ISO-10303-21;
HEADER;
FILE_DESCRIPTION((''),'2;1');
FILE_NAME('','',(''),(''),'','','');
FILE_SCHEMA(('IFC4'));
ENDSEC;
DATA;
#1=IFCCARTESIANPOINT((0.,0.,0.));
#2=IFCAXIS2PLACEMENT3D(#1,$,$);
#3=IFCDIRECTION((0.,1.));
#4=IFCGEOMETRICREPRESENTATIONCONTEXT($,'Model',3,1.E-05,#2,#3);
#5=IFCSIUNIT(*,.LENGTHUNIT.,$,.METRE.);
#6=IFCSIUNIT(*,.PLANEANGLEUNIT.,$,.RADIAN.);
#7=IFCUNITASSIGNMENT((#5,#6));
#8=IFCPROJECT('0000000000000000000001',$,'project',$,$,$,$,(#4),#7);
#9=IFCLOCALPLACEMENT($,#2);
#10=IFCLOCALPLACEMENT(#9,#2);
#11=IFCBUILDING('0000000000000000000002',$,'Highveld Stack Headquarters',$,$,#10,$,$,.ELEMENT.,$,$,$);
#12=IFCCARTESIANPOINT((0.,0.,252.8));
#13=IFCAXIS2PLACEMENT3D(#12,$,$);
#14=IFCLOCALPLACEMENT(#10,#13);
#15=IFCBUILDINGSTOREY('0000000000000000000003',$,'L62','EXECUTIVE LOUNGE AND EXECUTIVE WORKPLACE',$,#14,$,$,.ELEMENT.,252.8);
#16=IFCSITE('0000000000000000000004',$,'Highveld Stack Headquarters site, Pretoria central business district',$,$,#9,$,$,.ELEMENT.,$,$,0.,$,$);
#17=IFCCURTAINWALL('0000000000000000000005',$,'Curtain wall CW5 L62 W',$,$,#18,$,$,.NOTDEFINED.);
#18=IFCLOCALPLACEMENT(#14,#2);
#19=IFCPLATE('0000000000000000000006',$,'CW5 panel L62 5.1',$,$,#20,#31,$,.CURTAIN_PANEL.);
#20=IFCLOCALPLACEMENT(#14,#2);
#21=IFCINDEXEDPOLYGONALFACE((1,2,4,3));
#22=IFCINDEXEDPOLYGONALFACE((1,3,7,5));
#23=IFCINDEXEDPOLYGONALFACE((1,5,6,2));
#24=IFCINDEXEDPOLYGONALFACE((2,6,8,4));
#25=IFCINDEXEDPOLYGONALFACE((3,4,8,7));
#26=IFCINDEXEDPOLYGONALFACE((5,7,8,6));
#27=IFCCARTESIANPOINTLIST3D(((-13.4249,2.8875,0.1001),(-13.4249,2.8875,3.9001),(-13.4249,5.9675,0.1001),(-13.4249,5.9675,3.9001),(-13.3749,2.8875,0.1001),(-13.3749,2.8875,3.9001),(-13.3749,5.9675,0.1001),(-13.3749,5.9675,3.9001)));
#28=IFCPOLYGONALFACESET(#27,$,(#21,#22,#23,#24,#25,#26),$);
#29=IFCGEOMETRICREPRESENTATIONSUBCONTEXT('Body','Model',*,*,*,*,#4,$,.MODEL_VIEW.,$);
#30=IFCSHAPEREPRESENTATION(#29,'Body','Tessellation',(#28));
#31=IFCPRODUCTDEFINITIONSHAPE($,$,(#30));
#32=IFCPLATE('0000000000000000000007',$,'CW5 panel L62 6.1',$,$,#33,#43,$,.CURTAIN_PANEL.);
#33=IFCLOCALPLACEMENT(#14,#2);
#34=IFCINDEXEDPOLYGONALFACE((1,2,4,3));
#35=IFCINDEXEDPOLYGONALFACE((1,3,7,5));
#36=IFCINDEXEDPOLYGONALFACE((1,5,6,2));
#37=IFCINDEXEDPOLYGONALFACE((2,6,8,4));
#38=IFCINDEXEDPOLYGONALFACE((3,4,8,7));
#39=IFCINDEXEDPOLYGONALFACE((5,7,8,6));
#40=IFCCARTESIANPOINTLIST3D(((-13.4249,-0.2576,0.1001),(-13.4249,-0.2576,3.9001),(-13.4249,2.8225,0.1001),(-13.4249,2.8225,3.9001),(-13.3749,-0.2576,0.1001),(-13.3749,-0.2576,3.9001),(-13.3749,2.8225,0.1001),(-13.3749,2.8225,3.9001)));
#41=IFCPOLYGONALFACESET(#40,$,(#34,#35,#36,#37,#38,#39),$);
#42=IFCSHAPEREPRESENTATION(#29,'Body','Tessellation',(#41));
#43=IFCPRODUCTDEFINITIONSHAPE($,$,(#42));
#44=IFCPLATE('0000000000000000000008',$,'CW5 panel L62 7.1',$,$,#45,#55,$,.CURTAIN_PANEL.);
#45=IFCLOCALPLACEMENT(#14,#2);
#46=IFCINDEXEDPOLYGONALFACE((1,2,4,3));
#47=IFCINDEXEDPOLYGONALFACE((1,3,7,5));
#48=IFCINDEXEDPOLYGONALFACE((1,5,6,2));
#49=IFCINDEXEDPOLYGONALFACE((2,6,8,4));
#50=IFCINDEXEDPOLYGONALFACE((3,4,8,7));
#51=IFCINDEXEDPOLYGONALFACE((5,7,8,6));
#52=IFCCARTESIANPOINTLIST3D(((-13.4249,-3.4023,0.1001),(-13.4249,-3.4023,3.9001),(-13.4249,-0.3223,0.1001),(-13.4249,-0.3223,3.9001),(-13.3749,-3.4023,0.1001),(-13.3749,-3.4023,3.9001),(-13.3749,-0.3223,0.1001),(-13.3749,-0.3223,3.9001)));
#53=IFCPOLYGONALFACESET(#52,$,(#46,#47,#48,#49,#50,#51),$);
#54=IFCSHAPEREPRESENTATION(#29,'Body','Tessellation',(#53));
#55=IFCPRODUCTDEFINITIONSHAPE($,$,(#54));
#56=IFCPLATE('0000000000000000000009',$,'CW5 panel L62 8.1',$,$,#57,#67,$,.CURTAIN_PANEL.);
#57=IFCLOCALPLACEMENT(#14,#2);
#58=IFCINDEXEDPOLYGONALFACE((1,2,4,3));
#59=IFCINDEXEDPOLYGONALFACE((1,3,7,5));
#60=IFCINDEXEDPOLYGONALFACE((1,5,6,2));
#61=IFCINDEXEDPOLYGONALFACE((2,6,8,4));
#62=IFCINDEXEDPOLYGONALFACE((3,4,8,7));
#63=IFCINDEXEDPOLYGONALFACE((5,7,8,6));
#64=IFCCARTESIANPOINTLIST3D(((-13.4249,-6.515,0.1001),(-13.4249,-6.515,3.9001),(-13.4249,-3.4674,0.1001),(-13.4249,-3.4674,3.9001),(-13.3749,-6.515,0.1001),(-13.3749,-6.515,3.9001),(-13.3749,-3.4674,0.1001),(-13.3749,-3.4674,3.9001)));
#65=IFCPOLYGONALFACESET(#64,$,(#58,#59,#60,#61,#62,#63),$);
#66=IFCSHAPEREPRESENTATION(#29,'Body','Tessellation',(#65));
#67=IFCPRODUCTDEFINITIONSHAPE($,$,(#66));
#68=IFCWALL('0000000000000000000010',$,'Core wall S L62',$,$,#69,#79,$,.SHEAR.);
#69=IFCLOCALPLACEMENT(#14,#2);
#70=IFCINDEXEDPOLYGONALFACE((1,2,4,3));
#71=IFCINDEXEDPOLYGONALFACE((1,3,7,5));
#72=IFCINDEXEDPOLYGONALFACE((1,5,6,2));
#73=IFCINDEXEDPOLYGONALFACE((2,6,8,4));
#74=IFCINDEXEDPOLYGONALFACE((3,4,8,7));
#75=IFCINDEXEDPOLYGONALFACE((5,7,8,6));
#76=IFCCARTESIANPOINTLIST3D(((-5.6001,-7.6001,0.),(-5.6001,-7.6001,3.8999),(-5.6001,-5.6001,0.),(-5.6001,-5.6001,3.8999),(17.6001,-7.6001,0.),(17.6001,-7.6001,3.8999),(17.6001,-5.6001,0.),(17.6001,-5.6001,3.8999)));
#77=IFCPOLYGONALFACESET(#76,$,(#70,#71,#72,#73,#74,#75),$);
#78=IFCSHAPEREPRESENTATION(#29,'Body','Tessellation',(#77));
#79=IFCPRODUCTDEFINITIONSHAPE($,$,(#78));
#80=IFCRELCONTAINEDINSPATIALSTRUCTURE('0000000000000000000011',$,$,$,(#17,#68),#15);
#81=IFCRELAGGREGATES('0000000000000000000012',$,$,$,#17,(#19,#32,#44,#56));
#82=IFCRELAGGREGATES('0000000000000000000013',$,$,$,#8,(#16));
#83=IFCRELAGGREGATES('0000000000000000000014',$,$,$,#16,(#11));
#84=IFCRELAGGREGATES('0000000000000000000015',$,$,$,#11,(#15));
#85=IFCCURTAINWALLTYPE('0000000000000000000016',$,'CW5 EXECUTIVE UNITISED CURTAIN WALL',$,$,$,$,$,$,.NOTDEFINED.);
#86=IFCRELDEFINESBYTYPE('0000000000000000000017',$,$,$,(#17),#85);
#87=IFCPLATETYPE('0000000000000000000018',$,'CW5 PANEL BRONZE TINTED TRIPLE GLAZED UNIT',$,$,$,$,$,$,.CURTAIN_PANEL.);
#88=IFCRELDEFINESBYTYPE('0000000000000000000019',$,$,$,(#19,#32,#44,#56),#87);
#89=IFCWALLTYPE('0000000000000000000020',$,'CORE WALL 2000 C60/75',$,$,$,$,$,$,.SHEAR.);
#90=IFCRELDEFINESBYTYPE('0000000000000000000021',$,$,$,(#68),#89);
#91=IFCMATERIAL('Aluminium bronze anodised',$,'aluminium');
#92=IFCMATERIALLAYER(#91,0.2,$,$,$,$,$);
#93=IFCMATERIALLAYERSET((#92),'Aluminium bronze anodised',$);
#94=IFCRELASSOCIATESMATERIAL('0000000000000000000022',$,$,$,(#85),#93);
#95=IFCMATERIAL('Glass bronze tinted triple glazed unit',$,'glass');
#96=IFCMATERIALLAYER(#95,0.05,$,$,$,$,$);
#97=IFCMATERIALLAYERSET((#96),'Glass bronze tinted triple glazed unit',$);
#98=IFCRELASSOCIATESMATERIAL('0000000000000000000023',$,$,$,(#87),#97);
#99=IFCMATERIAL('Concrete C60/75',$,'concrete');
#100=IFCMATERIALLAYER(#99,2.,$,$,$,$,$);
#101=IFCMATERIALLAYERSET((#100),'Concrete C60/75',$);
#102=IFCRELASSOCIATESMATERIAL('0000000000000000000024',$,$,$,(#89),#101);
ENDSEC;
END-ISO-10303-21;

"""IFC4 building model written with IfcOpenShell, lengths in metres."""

from ifc_helpers import new_model, si_unit, direction, frame, frame_2d, origin, origin_2d, place, context, subcontext, project, spatial, rectangle, extrude, material, layer, layer_set, type_object, element, aggregate, save


model = new_model("IFC4")

# Units and contexts
model_context = context("Model", 3, precision=1e-05, world=origin(), true_north=direction((0.0, 1.0)))
body_context = subcontext(model_context, "Body", "Model", "MODEL_VIEW")
ifc_project = project(units=[si_unit("LENGTHUNIT", "METRE"), si_unit("PLANEANGLEUNIT", "RADIAN")], contexts=[model_context])

# Site, building, storey
site_placement = place(None, origin())
site = spatial("IfcSite", under=ifc_project, at=site_placement, Name="Highveld Stack Headquarters site, Pretoria central business district", CompositionType="ELEMENT", RefElevation=0.0)
building_placement = place(site_placement, origin())
building = spatial("IfcBuilding", under=site, at=building_placement, Name="Highveld Stack Headquarters", CompositionType="ELEMENT")
storey_placement = place(building_placement, frame((0.0, 0.0, 252.8)))
storey = spatial("IfcBuildingStorey", under=building, at=storey_placement, Name="L62", Description="EXECUTIVE LOUNGE AND EXECUTIVE WORKPLACE", CompositionType="ELEMENT", Elevation=252.8)

# Curtain wall, plates
ifc_material_1 = material(Name="Aluminium bronze anodised", Category="aluminium")
ifc_layer_1 = layer(ifc_material_1, 0.2)
ifc_layer_set_1 = layer_set([ifc_layer_1], Name="Aluminium bronze anodised")
curtain_wall_type = type_object("IfcCurtainWallType", Name="CW5 EXECUTIVE UNITISED CURTAIN WALL", PredefinedType="NOTDEFINED", material=ifc_layer_set_1)
curtain_wall_placement = place(storey_placement, origin())
curtain_wall = element("IfcCurtainWall", 1, at=curtain_wall_placement, inside=storey, type_object=curtain_wall_type, Name="Curtain wall CW5 L62 W", PredefinedType="NOTDEFINED")
ifc_material_2 = material(Name="Glass bronze tinted triple glazed unit", Category="glass")
ifc_layer_2 = layer(ifc_material_2, 0.05)
ifc_layer_set_2 = layer_set([ifc_layer_2], Name="Glass bronze tinted triple glazed unit")
plate_type = type_object("IfcPlateType", Name="CW5 PANEL BRONZE TINTED TRIPLE GLAZED UNIT", PredefinedType="CURTAIN_PANEL", material=ifc_layer_set_2)
plate_1_placement = place(storey_placement, frame((-13.3999, 4.4275, 0.1001), z_axis=(0.0, 0.0, 1.0), x_axis=(0.0, -1.0, 0.0)))
plate_1 = element("IfcPlate", 2, at=plate_1_placement, type_object=plate_type, Name="CW5 panel L62 5.1", PredefinedType="CURTAIN_PANEL", context=body_context, shape_type="SweptSolid", body=[
    extrude(rectangle(XDim=3.0801, YDim=0.05, at=origin_2d()), origin(), (0.0, 0.0, 1.0), 3.8),
])
plate_2_placement = place(storey_placement, frame((-13.3999, 1.2825, 0.1001), z_axis=(0.0, 0.0, 1.0), x_axis=(0.0, -1.0, 0.0)))
plate_2 = element("IfcPlate", 3, at=plate_2_placement, type_object=plate_type, Name="CW5 panel L62 6.1", PredefinedType="CURTAIN_PANEL", context=body_context, shape_type="SweptSolid", body=[
    extrude(rectangle(XDim=3.0801, YDim=0.05, at=origin_2d()), origin(), (0.0, 0.0, 1.0), 3.8),
])
plate_3_placement = place(storey_placement, frame((-13.3999, -1.8623, 0.1001), z_axis=(0.0, 0.0, 1.0), x_axis=(0.0, -1.0, 0.0)))
plate_3 = element("IfcPlate", 4, at=plate_3_placement, type_object=plate_type, Name="CW5 panel L62 7.1", PredefinedType="CURTAIN_PANEL", context=body_context, shape_type="SweptSolid", body=[
    extrude(rectangle(XDim=3.0801, YDim=0.05, at=origin_2d()), origin(), (0.0, 0.0, 1.0), 3.8),
])
plate_4_placement = place(storey_placement, frame((-13.3999, -4.9912, 0.1001), z_axis=(0.0, 0.0, 1.0), x_axis=(0.0, -1.0, 0.0)))
plate_4 = element("IfcPlate", 5, at=plate_4_placement, type_object=plate_type, Name="CW5 panel L62 8.1", PredefinedType="CURTAIN_PANEL", context=body_context, shape_type="SweptSolid", body=[
    extrude(rectangle(XDim=3.0476, YDim=0.05, at=origin_2d()), origin(), (0.0, 0.0, 1.0), 3.8),
])
aggregate(curtain_wall, [plate_1, plate_2, plate_3, plate_4])

# Wall
ifc_material_3 = material(Name="Concrete C60/75", Category="concrete")
ifc_layer_3 = layer(ifc_material_3, 2.0)
ifc_layer_set_3 = layer_set([ifc_layer_3], Name="Concrete C60/75")
wall_type_1 = type_object("IfcWallType", Name="CORE WALL 2000 C60/75", PredefinedType="SHEAR", material=ifc_layer_set_3)
wall_1_placement = place(storey_placement, frame((-5.6001, -6.6001, 0.0), z_axis=(0.0, 0.0, 1.0), x_axis=(1.0, 0.0, 0.0)))
element("IfcWall", 6, at=wall_1_placement, inside=storey, type_object=wall_type_1, Name="Core wall S L62", PredefinedType="SHEAR", context=body_context, shape_type="SweptSolid", body=[
    extrude(rectangle(XDim=23.2002, YDim=2.0, at=frame_2d((11.6001, 0.0))), origin(), (0.0, 0.0, 1.0), 3.8999),
])

save(model, "model.ifc")
